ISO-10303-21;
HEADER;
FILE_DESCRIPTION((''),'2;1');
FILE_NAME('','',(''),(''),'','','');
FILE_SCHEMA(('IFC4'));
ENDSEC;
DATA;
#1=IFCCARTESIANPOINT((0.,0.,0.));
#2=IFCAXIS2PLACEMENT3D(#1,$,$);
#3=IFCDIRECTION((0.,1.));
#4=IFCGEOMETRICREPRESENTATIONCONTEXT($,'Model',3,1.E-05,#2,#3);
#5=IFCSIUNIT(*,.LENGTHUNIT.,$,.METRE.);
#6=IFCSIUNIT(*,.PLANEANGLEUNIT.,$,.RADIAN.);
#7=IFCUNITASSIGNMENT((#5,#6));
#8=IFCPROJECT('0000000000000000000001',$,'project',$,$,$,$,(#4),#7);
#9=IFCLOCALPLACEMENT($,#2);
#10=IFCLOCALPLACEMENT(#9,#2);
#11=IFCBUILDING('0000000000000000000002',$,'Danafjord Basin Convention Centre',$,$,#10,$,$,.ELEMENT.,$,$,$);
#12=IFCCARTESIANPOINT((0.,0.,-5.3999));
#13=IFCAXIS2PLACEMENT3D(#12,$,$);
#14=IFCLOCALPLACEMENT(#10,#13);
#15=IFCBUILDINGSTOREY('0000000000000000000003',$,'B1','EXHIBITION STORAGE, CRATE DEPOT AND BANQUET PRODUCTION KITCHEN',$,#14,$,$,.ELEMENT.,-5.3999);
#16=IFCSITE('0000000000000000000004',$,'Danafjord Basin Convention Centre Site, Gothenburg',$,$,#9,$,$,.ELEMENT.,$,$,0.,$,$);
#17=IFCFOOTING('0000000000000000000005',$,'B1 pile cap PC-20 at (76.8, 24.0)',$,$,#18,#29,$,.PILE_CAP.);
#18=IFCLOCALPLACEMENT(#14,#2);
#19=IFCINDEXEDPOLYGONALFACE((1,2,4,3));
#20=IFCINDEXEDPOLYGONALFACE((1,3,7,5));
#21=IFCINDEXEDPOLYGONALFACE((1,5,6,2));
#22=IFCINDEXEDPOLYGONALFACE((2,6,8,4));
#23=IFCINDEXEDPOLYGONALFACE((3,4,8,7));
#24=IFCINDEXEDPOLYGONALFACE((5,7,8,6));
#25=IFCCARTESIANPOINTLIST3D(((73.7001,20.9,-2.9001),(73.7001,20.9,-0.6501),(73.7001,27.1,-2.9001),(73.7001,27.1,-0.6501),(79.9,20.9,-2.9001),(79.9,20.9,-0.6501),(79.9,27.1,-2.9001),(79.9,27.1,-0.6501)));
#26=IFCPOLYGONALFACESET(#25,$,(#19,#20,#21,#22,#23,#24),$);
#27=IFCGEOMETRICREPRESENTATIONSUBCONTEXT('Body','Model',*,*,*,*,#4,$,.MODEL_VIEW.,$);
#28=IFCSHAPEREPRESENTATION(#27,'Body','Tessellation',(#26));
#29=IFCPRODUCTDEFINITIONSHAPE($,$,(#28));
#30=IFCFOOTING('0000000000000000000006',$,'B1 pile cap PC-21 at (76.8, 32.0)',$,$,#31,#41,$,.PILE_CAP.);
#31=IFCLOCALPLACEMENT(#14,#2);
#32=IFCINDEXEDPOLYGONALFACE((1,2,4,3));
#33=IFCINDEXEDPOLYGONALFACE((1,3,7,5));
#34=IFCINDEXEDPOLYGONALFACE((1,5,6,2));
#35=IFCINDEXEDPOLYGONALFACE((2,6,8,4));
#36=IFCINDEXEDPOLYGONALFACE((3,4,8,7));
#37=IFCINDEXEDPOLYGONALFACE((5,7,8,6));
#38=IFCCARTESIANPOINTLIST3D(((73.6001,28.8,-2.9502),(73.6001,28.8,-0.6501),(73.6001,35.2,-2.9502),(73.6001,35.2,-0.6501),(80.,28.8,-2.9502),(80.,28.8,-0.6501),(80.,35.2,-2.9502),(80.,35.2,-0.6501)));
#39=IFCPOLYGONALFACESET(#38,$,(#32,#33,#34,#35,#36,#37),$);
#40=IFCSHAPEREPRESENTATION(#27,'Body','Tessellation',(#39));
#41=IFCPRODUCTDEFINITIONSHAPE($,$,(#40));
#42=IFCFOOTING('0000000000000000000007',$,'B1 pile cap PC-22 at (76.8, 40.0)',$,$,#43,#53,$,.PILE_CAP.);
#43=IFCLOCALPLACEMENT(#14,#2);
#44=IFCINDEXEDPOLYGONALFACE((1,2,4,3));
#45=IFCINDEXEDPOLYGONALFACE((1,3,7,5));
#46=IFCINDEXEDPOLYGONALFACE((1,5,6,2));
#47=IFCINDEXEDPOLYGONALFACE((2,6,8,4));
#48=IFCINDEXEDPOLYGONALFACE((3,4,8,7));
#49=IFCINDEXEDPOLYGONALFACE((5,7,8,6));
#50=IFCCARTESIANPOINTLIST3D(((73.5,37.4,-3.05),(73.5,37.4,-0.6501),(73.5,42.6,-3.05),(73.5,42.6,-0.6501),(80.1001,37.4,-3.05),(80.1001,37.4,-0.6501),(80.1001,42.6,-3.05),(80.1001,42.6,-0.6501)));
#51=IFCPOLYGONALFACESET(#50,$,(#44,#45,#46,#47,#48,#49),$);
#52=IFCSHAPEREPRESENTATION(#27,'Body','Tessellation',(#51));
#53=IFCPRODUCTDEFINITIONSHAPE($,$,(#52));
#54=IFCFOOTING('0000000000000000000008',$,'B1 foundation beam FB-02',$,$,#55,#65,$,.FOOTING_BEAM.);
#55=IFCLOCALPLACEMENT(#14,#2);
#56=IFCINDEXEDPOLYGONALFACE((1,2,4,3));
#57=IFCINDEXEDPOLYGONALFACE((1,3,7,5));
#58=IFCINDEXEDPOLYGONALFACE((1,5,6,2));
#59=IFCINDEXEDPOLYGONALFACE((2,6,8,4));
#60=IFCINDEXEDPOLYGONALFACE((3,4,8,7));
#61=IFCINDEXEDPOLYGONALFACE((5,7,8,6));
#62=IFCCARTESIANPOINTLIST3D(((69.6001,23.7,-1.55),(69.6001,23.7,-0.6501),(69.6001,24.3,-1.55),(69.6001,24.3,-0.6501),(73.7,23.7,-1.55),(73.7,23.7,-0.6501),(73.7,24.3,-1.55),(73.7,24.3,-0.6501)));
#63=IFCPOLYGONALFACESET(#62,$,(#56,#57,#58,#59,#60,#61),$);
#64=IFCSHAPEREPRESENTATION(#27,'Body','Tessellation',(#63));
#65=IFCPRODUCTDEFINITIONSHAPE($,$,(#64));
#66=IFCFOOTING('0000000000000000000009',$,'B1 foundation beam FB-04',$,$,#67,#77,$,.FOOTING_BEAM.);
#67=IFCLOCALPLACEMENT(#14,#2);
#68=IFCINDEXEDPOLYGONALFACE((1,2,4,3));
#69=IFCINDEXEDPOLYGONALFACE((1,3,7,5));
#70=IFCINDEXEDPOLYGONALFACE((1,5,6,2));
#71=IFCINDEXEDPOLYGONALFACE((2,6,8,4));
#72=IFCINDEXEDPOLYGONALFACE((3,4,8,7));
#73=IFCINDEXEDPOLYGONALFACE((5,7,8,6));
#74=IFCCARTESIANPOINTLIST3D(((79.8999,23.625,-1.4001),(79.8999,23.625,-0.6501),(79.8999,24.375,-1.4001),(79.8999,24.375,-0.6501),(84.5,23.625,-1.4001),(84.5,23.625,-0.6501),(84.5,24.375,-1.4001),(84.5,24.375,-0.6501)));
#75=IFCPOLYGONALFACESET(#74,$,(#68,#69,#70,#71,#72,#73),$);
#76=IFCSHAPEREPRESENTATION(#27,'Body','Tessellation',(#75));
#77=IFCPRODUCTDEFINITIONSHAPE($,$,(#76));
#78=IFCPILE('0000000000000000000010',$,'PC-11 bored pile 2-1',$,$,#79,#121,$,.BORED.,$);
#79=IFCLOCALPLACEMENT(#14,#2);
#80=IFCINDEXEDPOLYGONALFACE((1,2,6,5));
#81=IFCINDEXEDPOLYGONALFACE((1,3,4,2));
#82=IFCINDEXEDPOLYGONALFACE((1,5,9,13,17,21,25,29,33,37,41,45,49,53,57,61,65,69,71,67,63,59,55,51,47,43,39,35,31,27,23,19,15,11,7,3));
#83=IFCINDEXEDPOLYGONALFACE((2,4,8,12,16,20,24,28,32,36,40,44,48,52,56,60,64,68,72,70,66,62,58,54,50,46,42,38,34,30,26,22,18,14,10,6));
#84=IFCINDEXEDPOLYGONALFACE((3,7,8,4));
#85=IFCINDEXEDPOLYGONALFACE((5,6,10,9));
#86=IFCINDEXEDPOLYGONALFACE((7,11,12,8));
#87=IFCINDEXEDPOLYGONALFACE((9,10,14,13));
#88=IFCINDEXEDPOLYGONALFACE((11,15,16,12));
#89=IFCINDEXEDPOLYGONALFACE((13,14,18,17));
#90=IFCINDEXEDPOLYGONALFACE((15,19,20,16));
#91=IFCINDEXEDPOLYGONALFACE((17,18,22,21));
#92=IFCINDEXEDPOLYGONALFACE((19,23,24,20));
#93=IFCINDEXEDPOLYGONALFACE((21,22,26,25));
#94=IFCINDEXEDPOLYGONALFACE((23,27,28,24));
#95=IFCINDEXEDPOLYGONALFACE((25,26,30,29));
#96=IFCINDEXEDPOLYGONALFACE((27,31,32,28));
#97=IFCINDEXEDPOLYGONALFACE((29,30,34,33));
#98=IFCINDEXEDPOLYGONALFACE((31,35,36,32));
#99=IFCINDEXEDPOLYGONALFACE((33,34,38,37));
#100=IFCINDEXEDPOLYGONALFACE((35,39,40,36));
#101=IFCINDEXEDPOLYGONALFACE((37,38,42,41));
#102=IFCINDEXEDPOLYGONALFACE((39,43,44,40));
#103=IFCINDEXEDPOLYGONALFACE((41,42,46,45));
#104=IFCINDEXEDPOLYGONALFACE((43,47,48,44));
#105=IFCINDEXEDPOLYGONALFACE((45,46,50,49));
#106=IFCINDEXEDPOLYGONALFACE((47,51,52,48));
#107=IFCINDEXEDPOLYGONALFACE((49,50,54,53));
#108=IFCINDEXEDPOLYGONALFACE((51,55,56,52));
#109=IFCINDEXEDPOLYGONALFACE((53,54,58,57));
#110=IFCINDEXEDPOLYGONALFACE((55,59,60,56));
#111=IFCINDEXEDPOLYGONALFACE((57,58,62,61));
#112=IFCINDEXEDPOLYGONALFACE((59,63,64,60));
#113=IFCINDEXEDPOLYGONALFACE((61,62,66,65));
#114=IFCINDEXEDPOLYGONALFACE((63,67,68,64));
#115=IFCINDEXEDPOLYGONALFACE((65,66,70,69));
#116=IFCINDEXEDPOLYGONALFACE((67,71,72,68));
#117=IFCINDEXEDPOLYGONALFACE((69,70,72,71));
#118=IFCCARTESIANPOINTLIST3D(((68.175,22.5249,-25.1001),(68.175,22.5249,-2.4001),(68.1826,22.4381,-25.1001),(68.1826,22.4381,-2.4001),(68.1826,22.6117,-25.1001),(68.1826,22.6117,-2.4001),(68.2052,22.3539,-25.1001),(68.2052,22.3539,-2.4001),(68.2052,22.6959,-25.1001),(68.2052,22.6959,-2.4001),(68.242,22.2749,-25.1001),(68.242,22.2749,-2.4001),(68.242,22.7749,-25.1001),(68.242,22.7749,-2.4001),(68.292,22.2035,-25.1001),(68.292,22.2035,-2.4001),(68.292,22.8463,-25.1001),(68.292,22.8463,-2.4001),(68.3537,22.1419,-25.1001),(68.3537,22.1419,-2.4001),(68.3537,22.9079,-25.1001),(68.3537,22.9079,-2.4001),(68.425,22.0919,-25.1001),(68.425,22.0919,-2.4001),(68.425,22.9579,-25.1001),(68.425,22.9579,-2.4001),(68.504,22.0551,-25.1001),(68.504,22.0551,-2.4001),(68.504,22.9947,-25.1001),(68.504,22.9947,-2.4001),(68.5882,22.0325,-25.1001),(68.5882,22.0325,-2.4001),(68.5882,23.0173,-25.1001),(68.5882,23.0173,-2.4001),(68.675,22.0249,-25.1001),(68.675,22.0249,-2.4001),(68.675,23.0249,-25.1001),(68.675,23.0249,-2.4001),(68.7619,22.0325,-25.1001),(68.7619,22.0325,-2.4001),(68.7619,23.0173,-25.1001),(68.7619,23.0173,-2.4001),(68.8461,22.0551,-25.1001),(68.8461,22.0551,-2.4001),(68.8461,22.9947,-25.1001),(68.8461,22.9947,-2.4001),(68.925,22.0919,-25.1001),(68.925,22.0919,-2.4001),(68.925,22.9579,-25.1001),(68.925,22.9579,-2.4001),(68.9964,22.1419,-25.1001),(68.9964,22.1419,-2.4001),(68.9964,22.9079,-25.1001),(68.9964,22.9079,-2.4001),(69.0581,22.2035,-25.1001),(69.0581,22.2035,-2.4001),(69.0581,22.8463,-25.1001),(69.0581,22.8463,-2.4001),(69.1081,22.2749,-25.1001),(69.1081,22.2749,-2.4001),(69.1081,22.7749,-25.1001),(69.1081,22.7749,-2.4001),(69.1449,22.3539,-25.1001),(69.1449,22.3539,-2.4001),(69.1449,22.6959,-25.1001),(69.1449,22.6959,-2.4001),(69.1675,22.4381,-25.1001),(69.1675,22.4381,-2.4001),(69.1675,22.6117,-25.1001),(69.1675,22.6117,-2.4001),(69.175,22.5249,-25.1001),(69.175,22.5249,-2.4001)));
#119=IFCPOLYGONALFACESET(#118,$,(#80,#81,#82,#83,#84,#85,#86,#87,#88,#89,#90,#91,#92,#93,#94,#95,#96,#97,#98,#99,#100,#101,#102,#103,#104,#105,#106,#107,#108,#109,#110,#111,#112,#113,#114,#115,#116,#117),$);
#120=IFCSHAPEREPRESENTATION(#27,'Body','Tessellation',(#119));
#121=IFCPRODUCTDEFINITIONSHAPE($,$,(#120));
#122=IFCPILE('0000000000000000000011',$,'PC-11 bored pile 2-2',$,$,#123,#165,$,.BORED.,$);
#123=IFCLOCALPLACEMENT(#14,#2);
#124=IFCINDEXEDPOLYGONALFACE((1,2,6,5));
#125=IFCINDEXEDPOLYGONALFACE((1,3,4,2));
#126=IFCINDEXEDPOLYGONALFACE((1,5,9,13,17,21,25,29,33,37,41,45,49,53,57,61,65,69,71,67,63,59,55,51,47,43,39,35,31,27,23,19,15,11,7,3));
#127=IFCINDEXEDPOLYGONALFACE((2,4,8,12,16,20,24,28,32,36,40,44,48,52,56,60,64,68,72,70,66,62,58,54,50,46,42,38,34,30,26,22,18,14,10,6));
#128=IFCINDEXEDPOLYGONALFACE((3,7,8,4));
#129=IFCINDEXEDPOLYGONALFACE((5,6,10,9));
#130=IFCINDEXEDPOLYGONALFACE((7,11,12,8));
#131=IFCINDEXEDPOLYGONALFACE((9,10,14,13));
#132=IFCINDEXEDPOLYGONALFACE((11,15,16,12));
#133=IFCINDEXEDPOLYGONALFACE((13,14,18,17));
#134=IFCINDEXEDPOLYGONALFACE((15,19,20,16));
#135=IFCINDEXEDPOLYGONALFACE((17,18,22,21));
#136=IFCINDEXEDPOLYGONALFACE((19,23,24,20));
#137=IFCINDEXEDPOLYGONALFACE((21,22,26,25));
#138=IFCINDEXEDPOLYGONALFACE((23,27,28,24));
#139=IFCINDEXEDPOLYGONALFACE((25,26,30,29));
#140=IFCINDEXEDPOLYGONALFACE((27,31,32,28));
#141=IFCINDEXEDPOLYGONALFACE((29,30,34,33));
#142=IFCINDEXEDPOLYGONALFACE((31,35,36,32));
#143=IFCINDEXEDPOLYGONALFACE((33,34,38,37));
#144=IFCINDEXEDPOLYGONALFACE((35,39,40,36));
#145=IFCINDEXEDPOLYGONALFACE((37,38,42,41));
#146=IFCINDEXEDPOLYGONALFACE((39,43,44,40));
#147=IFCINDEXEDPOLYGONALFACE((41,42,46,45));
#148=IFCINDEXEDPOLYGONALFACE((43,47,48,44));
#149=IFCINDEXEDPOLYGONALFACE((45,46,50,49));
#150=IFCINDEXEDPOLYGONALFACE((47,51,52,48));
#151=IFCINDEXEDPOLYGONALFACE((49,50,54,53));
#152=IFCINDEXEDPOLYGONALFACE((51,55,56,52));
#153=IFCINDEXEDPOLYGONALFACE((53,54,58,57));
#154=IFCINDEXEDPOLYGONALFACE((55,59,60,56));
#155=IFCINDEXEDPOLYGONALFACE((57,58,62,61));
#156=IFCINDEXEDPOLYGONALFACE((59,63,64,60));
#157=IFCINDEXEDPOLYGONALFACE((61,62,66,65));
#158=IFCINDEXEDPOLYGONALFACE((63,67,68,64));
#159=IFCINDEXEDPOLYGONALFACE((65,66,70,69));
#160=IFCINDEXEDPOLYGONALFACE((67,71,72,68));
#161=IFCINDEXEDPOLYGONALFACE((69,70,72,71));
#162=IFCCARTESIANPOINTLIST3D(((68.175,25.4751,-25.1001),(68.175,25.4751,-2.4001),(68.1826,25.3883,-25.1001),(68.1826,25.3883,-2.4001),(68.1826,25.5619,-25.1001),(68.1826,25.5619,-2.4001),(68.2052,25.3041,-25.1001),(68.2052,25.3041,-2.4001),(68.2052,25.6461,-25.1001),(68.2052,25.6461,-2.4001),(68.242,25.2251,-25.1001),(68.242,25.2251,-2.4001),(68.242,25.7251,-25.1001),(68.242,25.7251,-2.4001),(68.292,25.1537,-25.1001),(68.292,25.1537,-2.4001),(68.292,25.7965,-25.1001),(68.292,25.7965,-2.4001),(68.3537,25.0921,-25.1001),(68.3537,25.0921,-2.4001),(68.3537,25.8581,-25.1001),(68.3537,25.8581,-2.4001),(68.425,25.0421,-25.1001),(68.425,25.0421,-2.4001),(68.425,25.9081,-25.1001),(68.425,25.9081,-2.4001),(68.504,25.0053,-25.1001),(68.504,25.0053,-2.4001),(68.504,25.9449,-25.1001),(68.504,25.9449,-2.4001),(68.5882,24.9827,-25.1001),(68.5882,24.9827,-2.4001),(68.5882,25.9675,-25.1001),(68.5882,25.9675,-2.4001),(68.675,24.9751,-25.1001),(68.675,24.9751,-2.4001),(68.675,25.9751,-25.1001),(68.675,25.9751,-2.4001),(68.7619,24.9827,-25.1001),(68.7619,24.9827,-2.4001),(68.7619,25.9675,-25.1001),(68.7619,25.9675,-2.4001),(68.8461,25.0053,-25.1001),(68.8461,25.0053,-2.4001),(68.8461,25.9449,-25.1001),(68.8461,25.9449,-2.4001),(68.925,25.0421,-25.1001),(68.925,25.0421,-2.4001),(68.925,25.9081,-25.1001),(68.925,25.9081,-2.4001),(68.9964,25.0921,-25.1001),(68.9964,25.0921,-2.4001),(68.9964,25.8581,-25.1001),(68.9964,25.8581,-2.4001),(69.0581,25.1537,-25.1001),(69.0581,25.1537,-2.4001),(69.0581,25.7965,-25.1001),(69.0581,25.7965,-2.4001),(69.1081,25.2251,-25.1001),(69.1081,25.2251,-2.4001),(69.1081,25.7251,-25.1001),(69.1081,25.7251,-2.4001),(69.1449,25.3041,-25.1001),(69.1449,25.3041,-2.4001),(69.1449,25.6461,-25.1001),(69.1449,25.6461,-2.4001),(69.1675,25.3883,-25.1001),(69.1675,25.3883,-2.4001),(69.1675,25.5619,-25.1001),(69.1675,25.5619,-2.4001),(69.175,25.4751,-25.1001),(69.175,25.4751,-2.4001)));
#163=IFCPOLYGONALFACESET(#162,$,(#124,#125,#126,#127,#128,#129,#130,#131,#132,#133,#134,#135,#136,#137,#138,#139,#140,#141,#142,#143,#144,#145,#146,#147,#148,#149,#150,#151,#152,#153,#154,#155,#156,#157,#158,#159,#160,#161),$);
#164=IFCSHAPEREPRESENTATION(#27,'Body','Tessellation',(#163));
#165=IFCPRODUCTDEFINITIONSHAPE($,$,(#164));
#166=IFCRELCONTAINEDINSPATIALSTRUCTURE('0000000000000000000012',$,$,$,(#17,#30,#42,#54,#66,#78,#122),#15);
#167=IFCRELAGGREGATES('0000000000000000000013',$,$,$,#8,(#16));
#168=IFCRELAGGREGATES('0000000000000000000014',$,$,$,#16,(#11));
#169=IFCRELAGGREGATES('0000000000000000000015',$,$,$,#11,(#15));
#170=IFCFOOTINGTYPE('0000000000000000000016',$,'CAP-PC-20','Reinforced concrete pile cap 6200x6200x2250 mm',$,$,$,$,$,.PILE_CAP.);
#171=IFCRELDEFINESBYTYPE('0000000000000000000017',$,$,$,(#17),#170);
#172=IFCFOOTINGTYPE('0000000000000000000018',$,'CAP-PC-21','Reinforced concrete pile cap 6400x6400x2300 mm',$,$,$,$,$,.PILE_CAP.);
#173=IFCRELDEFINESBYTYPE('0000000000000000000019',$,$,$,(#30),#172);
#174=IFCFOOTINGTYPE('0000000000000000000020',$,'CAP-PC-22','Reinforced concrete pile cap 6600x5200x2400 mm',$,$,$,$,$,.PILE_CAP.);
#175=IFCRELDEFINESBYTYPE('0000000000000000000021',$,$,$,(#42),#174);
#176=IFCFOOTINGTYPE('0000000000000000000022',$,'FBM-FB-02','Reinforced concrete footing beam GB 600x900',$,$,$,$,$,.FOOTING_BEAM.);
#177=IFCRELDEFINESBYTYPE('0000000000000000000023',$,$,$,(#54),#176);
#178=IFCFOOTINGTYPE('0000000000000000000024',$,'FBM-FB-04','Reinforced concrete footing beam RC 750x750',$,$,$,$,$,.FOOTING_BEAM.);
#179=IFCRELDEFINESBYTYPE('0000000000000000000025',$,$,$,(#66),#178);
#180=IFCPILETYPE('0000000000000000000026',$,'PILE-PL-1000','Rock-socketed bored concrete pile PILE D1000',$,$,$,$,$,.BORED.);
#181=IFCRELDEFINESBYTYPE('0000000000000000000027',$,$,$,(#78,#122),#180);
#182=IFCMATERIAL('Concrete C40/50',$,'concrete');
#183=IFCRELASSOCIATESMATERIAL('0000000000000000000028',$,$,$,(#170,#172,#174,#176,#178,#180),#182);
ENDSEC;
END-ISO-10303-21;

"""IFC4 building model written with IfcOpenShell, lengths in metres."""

from ifc_helpers import new_model, si_unit, direction, frame, origin, origin_2d, place, context, subcontext, project, spatial, rectangle, circle, extrude, material, material_profile, profile_set, type_object, element, save


model = new_model("IFC4")

# Units and contexts
model_context = context("Model", 3, precision=1e-05, world=origin(), true_north=direction((0.0, 1.0)))
body_context = subcontext(model_context, "Body", "Model", "MODEL_VIEW")
ifc_project = project(units=[si_unit("LENGTHUNIT", "METRE"), si_unit("PLANEANGLEUNIT", "RADIAN")], contexts=[model_context])

# Site, building, storey
site_placement = place(None, origin())
site = spatial("IfcSite", under=ifc_project, at=site_placement, Name="Danafjord Basin Convention Centre Site, Gothenburg", CompositionType="ELEMENT", RefElevation=0.0)
building_placement = place(site_placement, origin())
building = spatial("IfcBuilding", under=site, at=building_placement, Name="Danafjord Basin Convention Centre", CompositionType="ELEMENT")
storey_placement = place(building_placement, frame((0.0, 0.0, -5.3999)))
storey = spatial("IfcBuildingStorey", under=building, at=storey_placement, Name="B1", Description="EXHIBITION STORAGE, CRATE DEPOT AND BANQUET PRODUCTION KITCHEN", CompositionType="ELEMENT", Elevation=-5.3999)

# Footings
ifc_material_1 = material(Name="Concrete C40/50", Category="concrete")
footing_type_1 = type_object("IfcFootingType", Name="CAP-PC-20", Description="Reinforced concrete pile cap 6200x6200x2250 mm", PredefinedType="PILE_CAP", material=ifc_material_1)
footing_1_placement = place(storey_placement, frame((76.8, 24.0, -2.9001), z_axis=(0.0, 0.0, 1.0), x_axis=(1.0, 0.0, 0.0)))
element("IfcFooting", 1, at=footing_1_placement, inside=storey, type_object=footing_type_1, Name="B1 pile cap PC-20 at (76.8, 24.0)", PredefinedType="PILE_CAP", context=body_context, shape_type="SweptSolid", body=[
    extrude(rectangle(XDim=6.2, YDim=6.2, at=origin_2d()), origin(), (0.0, 0.0, 1.0), 2.25),
])
footing_type_2 = type_object("IfcFootingType", Name="CAP-PC-21", Description="Reinforced concrete pile cap 6400x6400x2300 mm", PredefinedType="PILE_CAP", material=ifc_material_1)
footing_2_placement = place(storey_placement, frame((76.8, 32.0, -2.9502), z_axis=(0.0, 0.0, 1.0), x_axis=(1.0, 0.0, 0.0)))
element("IfcFooting", 2, at=footing_2_placement, inside=storey, type_object=footing_type_2, Name="B1 pile cap PC-21 at (76.8, 32.0)", PredefinedType="PILE_CAP", context=body_context, shape_type="SweptSolid", body=[
    extrude(rectangle(XDim=6.3999, YDim=6.3999, at=origin_2d()), origin(), (0.0, 0.0, 1.0), 2.3),
])
footing_type_3 = type_object("IfcFootingType", Name="CAP-PC-22", Description="Reinforced concrete pile cap 6600x5200x2400 mm", PredefinedType="PILE_CAP", material=ifc_material_1)
footing_3_placement = place(storey_placement, frame((76.8, 40.0, -3.05), z_axis=(0.0, 0.0, 1.0), x_axis=(1.0, 0.0, 0.0)))
element("IfcFooting", 3, at=footing_3_placement, inside=storey, type_object=footing_type_3, Name="B1 pile cap PC-22 at (76.8, 40.0)", PredefinedType="PILE_CAP", context=body_context, shape_type="SweptSolid", body=[
    extrude(rectangle(XDim=6.6001, YDim=5.2, at=origin_2d()), origin(), (0.0, 0.0, 1.0), 2.3999),
])
ifc_material_profile_1 = material_profile(ifc_material_1, rectangle(XDim=0.6001, YDim=0.8999, at=origin_2d()), Name="GB 600x900")
ifc_profile_set_1 = profile_set([ifc_material_profile_1], Name="Concrete C40/50")
footing_type_4 = type_object("IfcFootingType", Name="FBM-FB-02", Description="Reinforced concrete footing beam GB 600x900", PredefinedType="FOOTING_BEAM", material=ifc_profile_set_1)
footing_4_placement = place(storey_placement, frame((69.6001, 24.0, -1.1001), z_axis=(1.0, 0.0, 0.0), x_axis=(0.0, 1.0, 0.0)))
element("IfcFooting", 4, at=footing_4_placement, inside=storey, type_object=footing_type_4, Name="B1 foundation beam FB-02", PredefinedType="FOOTING_BEAM", context=body_context, shape_type="SweptSolid", body=[
    extrude(rectangle(XDim=0.6001, YDim=0.8999, at=origin_2d()), origin(), (0.0, 0.0, 1.0), 4.0999),
])
ifc_material_profile_2 = material_profile(ifc_material_1, rectangle(XDim=0.75, YDim=0.75, at=origin_2d()), Name="RC 750x750")
ifc_profile_set_2 = profile_set([ifc_material_profile_2], Name="Concrete C40/50")
footing_type_5 = type_object("IfcFootingType", Name="FBM-FB-04", Description="Reinforced concrete footing beam RC 750x750", PredefinedType="FOOTING_BEAM", material=ifc_profile_set_2)
footing_5_placement = place(storey_placement, frame((79.8999, 24.0, -1.0251), z_axis=(1.0, 0.0, 0.0), x_axis=(0.0, 1.0, 0.0)))
element("IfcFooting", 5, at=footing_5_placement, inside=storey, type_object=footing_type_5, Name="B1 foundation beam FB-04", PredefinedType="FOOTING_BEAM", context=body_context, shape_type="SweptSolid", body=[
    extrude(rectangle(XDim=0.75, YDim=0.75, at=origin_2d()), origin(), (0.0, 0.0, 1.0), 4.6001),
])

# Piles
ifc_material_profile_3 = material_profile(ifc_material_1, circle(Radius=0.5, at=origin_2d()), Name="PILE D1000")
ifc_profile_set_3 = profile_set([ifc_material_profile_3], Name="Concrete C40/50")
pile_type_1 = type_object("IfcPileType", Name="PILE-PL-1000", Description="Rock-socketed bored concrete pile PILE D1000", PredefinedType="BORED", material=ifc_profile_set_3)
for number, where, z_axis, x_axis, name in (
    (6, (68.675, 22.5249, -2.4001), (0.0, 0.0, -1.0), (1.0, 0.0, 0.0), "PC-11 bored pile 2-1"),
    (7, (68.675, 25.4751, -2.4001), (0.0, 0.0, -1.0), (1.0, 0.0, 0.0), "PC-11 bored pile 2-2"),
):
    element("IfcPile", number, at=place(storey_placement, frame(where, z_axis=z_axis, x_axis=x_axis)), inside=storey, type_object=pile_type_1, Name=name, PredefinedType="BORED", context=body_context, shape_type="SweptSolid", body=[
        extrude(circle(Radius=0.5, at=origin_2d()), origin(), (0.0, 0.0, 1.0), 22.7),
    ])

save(model, "model.ifc")
